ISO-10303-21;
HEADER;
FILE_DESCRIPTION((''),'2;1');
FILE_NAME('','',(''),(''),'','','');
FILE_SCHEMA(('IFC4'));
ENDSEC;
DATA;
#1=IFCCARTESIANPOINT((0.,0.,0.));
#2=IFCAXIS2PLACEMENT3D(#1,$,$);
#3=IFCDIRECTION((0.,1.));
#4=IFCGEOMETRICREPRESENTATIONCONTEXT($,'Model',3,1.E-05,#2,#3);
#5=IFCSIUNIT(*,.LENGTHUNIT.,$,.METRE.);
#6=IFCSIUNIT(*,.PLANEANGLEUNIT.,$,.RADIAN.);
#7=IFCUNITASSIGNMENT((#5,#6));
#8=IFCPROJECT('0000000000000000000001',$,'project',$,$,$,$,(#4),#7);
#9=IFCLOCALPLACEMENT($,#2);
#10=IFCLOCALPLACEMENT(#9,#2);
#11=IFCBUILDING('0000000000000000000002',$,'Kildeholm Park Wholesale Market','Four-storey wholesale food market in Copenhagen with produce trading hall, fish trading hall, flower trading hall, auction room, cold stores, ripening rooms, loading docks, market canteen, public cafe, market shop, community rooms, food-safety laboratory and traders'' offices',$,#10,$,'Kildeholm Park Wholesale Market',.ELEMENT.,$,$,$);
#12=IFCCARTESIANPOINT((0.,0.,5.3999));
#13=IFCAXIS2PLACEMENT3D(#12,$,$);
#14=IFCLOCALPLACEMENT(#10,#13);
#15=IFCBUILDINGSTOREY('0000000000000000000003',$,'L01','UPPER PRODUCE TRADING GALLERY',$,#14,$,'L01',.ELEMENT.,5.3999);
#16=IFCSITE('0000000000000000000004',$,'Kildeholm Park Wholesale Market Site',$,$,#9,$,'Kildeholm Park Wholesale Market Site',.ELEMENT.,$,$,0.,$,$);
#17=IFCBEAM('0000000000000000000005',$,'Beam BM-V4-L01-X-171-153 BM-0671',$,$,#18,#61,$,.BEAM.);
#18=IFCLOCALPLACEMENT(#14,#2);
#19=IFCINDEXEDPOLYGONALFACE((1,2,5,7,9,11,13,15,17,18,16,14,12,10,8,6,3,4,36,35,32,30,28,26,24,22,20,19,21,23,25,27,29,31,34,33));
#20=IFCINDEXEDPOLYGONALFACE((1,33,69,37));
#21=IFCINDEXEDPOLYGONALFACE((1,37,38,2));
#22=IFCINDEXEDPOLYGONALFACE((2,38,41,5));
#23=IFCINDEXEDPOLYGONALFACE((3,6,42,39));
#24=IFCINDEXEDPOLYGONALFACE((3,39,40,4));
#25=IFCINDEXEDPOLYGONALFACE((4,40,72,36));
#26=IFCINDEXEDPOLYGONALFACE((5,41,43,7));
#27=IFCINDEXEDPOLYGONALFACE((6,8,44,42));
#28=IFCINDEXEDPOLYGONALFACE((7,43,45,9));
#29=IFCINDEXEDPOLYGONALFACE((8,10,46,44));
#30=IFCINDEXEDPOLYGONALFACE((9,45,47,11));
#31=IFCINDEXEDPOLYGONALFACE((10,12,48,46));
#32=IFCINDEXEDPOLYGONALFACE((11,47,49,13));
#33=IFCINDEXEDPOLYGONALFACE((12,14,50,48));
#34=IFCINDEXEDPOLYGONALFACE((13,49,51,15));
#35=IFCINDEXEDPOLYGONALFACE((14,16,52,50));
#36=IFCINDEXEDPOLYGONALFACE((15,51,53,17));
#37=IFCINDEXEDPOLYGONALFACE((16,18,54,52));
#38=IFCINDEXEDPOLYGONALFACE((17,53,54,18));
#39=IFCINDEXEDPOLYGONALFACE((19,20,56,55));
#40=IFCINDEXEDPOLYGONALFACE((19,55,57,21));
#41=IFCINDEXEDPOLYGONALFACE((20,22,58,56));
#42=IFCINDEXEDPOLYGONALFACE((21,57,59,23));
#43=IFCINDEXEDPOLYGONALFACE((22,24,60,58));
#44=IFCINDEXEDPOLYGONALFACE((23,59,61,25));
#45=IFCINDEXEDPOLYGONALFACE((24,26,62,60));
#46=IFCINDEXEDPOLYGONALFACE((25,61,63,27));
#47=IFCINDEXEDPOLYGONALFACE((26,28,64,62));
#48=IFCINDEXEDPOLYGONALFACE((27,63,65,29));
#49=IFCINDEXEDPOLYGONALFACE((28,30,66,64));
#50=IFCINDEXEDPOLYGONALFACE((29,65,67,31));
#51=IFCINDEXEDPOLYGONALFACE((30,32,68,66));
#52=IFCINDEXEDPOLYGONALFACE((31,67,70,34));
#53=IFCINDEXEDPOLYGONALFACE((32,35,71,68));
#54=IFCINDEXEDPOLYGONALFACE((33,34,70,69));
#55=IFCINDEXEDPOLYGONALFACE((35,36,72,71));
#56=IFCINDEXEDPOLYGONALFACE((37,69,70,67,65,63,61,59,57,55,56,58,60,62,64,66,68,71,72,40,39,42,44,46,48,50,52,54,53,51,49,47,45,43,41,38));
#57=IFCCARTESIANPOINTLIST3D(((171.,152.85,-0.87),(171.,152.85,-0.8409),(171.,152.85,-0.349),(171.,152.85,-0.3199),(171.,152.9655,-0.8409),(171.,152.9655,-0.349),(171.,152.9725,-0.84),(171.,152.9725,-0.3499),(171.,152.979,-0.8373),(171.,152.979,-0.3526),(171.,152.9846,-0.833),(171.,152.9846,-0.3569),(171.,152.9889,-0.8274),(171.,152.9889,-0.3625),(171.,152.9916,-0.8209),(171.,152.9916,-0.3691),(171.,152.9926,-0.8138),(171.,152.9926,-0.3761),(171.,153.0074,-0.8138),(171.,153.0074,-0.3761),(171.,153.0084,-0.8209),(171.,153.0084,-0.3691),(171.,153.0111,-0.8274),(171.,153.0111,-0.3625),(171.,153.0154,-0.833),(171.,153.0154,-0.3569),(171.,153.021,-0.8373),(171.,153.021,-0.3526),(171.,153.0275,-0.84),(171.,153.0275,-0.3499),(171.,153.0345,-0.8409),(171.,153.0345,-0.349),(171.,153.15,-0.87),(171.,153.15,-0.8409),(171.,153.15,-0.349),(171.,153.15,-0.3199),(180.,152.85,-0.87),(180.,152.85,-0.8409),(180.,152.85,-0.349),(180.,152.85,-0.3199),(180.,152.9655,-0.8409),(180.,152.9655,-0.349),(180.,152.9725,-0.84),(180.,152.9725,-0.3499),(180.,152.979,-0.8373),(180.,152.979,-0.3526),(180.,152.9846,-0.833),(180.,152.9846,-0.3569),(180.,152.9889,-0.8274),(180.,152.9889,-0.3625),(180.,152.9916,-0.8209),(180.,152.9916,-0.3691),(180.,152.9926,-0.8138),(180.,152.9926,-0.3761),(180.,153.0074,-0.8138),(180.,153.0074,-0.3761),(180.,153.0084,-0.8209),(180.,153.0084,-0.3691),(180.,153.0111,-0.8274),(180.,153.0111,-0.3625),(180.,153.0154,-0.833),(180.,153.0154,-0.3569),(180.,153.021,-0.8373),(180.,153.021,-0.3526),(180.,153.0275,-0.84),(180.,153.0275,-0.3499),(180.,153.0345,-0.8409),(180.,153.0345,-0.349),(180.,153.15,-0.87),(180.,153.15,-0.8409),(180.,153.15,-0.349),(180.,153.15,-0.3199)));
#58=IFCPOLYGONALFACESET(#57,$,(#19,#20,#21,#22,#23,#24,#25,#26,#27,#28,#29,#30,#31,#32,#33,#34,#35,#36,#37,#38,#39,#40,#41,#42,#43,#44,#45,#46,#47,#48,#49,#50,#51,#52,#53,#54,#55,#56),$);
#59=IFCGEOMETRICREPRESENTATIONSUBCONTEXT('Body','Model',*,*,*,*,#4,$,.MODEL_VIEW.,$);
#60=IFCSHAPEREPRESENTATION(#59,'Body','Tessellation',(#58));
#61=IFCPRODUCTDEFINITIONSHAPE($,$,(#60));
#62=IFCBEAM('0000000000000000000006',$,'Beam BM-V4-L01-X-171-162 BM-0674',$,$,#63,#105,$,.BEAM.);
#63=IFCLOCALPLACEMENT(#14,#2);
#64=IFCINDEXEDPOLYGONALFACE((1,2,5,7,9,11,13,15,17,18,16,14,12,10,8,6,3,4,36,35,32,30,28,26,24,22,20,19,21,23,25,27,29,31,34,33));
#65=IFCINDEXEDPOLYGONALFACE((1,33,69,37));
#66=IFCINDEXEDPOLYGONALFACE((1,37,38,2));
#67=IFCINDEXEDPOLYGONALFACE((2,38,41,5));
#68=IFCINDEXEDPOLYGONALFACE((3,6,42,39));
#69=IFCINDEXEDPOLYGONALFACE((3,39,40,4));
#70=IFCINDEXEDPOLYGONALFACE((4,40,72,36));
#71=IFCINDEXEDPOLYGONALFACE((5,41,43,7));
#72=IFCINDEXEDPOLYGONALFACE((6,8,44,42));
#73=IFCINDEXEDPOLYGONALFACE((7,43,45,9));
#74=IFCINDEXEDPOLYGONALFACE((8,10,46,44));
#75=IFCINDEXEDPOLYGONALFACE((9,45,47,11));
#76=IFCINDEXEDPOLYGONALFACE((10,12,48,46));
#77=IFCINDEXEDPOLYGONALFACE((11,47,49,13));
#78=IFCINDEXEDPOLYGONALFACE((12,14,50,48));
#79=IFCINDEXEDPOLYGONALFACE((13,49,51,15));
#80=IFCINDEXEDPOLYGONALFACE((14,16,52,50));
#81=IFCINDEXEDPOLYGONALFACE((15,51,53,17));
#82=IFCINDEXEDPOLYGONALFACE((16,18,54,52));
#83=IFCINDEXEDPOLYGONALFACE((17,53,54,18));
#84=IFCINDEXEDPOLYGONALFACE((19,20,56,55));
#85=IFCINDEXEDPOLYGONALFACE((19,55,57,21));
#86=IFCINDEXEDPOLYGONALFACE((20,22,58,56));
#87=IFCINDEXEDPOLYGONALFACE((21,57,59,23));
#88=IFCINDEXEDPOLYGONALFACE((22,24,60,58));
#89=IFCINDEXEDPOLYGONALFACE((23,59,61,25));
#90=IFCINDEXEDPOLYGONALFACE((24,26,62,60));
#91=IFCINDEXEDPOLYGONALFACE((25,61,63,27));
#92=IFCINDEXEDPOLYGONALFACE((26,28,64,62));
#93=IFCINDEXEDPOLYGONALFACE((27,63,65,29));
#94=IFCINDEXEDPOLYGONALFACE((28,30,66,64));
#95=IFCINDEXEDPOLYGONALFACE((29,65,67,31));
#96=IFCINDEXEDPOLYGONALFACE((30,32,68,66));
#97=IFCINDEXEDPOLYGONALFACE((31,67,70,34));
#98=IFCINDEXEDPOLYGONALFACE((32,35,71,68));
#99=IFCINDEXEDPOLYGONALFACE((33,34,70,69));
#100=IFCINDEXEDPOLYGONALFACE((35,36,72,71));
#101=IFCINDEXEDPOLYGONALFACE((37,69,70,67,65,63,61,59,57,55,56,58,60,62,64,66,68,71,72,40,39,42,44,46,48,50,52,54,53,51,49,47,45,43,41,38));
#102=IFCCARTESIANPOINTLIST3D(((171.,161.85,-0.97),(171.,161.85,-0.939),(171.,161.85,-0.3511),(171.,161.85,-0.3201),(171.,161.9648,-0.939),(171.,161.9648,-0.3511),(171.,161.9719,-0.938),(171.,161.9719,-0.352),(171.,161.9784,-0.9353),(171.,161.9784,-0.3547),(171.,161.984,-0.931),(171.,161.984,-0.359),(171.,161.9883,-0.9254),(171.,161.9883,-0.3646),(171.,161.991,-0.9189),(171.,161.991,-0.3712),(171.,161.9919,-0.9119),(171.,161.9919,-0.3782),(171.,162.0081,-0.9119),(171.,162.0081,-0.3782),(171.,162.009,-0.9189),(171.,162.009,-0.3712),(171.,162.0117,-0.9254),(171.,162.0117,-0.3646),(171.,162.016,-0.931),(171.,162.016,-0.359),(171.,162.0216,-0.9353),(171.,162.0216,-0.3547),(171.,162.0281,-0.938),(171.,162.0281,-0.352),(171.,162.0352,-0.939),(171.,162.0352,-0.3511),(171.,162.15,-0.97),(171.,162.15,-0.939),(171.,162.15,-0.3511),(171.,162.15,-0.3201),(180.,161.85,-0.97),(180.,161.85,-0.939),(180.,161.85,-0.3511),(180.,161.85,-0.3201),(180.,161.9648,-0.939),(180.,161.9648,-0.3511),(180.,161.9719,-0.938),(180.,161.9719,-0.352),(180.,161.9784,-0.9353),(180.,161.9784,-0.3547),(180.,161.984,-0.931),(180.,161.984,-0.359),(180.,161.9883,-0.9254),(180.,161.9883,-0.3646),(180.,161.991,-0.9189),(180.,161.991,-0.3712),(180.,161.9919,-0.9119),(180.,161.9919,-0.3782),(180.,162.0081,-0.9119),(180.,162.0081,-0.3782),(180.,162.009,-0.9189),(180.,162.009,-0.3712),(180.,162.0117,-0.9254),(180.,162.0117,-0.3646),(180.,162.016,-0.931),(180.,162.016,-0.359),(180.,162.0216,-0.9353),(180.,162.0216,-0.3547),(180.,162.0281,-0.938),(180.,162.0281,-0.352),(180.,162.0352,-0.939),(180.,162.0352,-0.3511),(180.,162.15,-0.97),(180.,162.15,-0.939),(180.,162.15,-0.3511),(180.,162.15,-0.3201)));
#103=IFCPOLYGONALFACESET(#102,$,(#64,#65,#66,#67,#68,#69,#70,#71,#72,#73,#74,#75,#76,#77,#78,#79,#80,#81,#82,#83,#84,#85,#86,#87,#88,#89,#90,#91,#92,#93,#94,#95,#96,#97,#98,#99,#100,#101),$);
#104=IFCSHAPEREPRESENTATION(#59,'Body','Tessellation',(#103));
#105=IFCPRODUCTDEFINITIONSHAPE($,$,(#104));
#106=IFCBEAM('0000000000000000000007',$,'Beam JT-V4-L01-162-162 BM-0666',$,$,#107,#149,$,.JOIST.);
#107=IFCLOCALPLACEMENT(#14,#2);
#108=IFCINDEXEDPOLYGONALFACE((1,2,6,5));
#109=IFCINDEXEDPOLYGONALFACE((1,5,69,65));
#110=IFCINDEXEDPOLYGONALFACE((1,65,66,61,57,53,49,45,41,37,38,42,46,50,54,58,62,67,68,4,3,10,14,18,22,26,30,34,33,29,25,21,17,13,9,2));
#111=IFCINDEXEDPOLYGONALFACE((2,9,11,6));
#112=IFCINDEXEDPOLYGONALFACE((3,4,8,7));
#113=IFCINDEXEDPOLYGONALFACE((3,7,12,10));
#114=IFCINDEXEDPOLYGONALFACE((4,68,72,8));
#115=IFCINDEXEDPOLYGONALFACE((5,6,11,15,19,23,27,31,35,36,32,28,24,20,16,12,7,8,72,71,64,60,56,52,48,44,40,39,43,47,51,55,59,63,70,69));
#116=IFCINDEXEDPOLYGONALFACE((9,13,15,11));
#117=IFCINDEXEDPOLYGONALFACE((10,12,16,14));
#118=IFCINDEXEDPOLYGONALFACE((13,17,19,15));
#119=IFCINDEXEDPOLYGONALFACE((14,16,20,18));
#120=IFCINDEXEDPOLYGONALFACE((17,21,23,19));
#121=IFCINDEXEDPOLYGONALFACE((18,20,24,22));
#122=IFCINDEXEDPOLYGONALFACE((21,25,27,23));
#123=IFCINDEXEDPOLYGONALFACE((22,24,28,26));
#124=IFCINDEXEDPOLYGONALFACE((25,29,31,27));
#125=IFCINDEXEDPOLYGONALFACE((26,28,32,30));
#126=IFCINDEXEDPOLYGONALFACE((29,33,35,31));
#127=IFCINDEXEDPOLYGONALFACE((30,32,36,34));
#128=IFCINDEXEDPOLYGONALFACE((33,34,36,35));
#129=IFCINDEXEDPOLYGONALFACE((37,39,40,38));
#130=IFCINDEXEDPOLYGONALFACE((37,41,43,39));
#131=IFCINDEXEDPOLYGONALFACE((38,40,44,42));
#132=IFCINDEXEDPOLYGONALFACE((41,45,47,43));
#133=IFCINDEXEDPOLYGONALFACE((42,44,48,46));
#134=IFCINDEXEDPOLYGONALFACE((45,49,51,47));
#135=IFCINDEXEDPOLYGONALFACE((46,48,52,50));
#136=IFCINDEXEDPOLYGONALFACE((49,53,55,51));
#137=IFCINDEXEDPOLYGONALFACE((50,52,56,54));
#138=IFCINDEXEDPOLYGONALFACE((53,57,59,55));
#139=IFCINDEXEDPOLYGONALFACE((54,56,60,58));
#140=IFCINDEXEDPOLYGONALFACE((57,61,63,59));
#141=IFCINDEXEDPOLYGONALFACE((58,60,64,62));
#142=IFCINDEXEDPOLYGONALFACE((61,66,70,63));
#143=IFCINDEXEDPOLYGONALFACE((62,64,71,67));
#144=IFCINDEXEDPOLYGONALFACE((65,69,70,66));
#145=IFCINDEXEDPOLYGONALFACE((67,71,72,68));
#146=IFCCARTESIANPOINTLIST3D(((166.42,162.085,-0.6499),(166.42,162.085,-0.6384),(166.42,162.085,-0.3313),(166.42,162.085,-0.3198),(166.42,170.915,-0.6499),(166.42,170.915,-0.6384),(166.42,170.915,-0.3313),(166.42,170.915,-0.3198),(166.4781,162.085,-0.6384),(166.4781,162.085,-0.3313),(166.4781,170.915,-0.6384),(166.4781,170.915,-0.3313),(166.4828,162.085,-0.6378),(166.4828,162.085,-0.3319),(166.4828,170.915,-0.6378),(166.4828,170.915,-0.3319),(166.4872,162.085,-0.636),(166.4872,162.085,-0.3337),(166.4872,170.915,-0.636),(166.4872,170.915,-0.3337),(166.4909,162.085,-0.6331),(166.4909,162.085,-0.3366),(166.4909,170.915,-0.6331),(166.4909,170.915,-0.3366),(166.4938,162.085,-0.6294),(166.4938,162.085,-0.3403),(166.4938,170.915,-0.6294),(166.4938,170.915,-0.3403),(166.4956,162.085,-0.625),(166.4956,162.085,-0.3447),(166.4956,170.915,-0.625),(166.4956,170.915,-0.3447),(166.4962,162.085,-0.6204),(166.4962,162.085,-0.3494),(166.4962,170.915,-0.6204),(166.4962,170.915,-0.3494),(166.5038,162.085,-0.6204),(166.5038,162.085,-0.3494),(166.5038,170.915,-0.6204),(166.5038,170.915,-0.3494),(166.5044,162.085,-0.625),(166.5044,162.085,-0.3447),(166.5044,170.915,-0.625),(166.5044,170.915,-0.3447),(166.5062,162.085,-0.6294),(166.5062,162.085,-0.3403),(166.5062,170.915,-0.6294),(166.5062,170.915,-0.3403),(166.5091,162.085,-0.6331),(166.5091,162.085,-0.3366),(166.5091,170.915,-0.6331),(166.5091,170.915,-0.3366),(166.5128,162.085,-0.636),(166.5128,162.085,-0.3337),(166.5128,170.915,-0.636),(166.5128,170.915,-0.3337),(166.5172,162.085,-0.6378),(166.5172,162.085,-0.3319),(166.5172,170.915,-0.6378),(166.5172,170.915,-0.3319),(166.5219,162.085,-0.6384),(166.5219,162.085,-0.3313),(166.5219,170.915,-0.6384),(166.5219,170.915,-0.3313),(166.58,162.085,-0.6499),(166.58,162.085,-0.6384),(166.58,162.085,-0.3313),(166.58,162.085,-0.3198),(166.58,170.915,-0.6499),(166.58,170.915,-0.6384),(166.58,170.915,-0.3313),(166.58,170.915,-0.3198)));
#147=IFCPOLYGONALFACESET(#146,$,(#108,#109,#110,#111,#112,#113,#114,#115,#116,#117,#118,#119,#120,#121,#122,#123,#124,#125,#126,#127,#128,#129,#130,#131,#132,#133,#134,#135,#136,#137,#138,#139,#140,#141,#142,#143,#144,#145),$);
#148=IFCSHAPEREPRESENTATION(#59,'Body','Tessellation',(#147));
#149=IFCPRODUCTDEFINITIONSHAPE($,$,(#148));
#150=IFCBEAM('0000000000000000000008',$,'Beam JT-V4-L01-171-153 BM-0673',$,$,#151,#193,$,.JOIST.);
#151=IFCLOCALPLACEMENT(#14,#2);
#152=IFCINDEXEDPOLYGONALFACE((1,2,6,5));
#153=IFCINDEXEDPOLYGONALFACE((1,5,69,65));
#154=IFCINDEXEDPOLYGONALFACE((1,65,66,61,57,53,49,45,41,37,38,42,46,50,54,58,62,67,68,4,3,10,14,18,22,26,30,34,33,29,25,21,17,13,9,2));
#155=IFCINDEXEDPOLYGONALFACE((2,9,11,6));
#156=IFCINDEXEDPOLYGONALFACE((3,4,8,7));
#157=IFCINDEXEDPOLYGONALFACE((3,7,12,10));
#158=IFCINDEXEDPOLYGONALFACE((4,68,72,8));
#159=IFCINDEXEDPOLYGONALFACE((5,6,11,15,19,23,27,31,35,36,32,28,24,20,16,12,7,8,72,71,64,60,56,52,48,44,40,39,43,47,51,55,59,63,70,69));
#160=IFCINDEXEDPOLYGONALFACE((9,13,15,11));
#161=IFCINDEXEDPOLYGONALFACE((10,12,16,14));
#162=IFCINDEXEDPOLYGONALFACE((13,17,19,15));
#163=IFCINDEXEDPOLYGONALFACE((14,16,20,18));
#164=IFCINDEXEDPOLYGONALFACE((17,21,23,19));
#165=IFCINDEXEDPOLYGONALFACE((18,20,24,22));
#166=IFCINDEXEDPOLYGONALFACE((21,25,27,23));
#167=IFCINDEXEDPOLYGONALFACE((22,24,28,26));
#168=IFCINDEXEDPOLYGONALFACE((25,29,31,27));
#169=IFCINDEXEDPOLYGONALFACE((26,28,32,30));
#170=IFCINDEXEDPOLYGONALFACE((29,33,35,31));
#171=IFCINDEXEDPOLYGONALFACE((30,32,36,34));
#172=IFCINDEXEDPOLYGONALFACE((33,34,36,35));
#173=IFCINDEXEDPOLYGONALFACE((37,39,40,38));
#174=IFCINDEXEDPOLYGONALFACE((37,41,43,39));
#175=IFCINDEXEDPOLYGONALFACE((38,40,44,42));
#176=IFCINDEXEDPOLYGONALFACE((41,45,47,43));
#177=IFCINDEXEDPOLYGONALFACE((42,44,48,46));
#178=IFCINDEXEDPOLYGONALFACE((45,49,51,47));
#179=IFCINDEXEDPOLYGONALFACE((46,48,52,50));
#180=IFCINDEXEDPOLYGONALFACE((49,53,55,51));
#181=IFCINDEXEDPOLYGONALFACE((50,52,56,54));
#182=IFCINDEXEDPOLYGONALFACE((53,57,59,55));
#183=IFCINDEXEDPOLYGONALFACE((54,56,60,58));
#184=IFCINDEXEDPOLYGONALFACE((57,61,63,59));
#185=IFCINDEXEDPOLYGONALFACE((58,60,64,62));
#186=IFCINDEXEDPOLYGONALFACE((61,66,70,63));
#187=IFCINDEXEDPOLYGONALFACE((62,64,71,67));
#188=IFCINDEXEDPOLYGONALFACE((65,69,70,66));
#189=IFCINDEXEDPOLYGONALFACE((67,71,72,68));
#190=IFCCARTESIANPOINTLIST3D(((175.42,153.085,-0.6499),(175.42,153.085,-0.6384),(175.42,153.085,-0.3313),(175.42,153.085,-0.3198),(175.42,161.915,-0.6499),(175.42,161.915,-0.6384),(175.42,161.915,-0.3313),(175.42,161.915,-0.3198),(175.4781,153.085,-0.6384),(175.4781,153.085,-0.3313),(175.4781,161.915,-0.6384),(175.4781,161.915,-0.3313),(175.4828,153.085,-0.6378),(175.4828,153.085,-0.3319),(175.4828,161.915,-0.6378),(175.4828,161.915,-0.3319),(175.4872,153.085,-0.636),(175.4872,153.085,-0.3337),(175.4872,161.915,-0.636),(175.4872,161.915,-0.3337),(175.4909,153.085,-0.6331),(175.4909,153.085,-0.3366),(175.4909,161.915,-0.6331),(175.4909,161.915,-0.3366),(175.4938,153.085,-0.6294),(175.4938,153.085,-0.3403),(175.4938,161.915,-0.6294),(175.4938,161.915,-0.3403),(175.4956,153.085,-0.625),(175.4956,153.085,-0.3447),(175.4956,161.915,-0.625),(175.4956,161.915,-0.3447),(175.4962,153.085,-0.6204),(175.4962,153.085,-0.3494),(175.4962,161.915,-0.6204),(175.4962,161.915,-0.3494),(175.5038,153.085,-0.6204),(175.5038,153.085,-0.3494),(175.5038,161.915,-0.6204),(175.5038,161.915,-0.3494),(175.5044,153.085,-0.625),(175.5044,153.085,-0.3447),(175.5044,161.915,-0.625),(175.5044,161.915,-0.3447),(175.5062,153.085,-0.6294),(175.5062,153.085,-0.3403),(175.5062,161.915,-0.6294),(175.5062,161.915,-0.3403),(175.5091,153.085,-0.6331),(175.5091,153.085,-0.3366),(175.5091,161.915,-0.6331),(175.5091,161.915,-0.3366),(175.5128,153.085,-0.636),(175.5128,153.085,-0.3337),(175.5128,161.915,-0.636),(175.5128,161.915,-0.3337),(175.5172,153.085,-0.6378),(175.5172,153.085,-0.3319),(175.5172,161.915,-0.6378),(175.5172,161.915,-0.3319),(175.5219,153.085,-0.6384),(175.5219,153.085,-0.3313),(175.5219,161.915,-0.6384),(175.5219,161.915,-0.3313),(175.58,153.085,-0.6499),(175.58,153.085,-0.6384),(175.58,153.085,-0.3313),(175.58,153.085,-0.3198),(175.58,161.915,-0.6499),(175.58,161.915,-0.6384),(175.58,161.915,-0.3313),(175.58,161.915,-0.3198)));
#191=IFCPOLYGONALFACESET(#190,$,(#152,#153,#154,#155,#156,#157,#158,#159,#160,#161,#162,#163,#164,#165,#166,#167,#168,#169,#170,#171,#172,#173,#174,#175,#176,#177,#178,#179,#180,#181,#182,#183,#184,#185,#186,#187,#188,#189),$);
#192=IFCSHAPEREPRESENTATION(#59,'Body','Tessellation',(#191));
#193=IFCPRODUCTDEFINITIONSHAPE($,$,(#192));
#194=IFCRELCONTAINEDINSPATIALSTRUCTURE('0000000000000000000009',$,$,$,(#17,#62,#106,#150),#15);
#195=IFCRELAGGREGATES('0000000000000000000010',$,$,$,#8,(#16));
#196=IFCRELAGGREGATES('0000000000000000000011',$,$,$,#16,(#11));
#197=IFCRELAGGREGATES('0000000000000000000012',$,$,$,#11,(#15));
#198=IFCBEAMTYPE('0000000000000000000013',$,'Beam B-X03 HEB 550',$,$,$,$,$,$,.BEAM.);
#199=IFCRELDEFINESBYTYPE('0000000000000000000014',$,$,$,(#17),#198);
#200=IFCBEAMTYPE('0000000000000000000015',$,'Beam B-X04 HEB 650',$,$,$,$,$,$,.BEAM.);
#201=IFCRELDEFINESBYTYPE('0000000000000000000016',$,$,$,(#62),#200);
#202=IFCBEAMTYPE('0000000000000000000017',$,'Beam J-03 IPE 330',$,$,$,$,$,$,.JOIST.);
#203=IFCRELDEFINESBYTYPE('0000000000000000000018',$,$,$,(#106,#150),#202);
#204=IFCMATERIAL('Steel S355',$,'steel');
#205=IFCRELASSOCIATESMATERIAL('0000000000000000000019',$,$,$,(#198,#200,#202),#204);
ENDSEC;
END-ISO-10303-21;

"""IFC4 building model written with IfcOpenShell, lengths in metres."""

from ifc_helpers import new_model, si_unit, direction, frame, origin, origin_2d, place, context, subcontext, project, spatial, i_section, extrude, material, material_profile, profile_set, type_object, element, save


model = new_model("IFC4")

# Units and contexts
model_context = context("Model", 3, precision=1e-05, world=origin(), true_north=direction((0.0, 1.0)))
body_context = subcontext(model_context, "Body", "Model", "MODEL_VIEW")
ifc_project = project(units=[si_unit("LENGTHUNIT", "METRE"), si_unit("PLANEANGLEUNIT", "RADIAN")], contexts=[model_context])

# Site, building, storey
site_placement = place(None, origin())
site = spatial("IfcSite", under=ifc_project, at=site_placement, Name="Kildeholm Park Wholesale Market Site", LongName="Kildeholm Park Wholesale Market Site", CompositionType="ELEMENT", RefElevation=0.0)
building_placement = place(site_placement, origin())
building = spatial("IfcBuilding", under=site, at=building_placement, Name="Kildeholm Park Wholesale Market", Description="Four-storey wholesale food market in Copenhagen with produce trading hall, fish trading hall, flower trading hall, auction room, cold stores, ripening rooms, loading docks, market canteen, public cafe, market shop, community rooms, food-safety laboratory and traders' offices", LongName="Kildeholm Park Wholesale Market", CompositionType="ELEMENT")
storey_placement = place(building_placement, frame((0.0, 0.0, 5.3999)))
storey = spatial("IfcBuildingStorey", under=building, at=storey_placement, Name="L01", Description="UPPER PRODUCE TRADING GALLERY", LongName="L01", CompositionType="ELEMENT", Elevation=5.3999)

# Beams
ifc_material_1 = material(Name="Steel S355", Category="steel")
ifc_material_profile_1 = material_profile(ifc_material_1, i_section(OverallWidth=0.3, OverallDepth=0.55, WebThickness=0.0149, FlangeThickness=0.0291, FilletRadius=0.0271, at=origin_2d()), Name="HEB 550")
ifc_profile_set_1 = profile_set([ifc_material_profile_1], Name="Steel S355")
beam_type_1 = type_object("IfcBeamType", Name="Beam B-X03 HEB 550", PredefinedType="BEAM", material=ifc_profile_set_1)
beam_1_placement = place(storey_placement, frame((171.0, 153.0, -0.595), z_axis=(1.0, 0.0, 0.0), x_axis=(0.0, 1.0, 0.0)))
element("IfcBeam", 1, at=beam_1_placement, inside=storey, type_object=beam_type_1, Name="Beam BM-V4-L01-X-171-153 BM-0671", PredefinedType="BEAM", context=body_context, shape_type="SweptSolid", body=[
    extrude(i_section(OverallWidth=0.3, OverallDepth=0.55, WebThickness=0.0149, FlangeThickness=0.0291, FilletRadius=0.0271, at=origin_2d()), origin(), (0.0, 0.0, 1.0), 9.0),
])
ifc_material_profile_2 = material_profile(ifc_material_1, i_section(OverallWidth=0.3, OverallDepth=0.6499, WebThickness=0.0161, FlangeThickness=0.031, FilletRadius=0.0271, at=origin_2d()), Name="HEB 650")
ifc_profile_set_2 = profile_set([ifc_material_profile_2], Name="Steel S355")
beam_type_2 = type_object("IfcBeamType", Name="Beam B-X04 HEB 650", PredefinedType="BEAM", material=ifc_profile_set_2)
beam_2_placement = place(storey_placement, frame((171.0, 162.0, -0.645), z_axis=(1.0, 0.0, 0.0), x_axis=(0.0, 1.0, 0.0)))
element("IfcBeam", 2, at=beam_2_placement, inside=storey, type_object=beam_type_2, Name="Beam BM-V4-L01-X-171-162 BM-0674", PredefinedType="BEAM", context=body_context, shape_type="SweptSolid", body=[
    extrude(i_section(OverallWidth=0.3, OverallDepth=0.6499, WebThickness=0.0161, FlangeThickness=0.031, FilletRadius=0.0271, at=origin_2d()), origin(), (0.0, 0.0, 1.0), 9.0),
])
ifc_material_profile_3 = material_profile(ifc_material_1, i_section(OverallWidth=0.1599, OverallDepth=0.3301, WebThickness=0.0076, FlangeThickness=0.0115, FilletRadius=0.0181, at=origin_2d()), Name="IPE 330")
ifc_profile_set_3 = profile_set([ifc_material_profile_3], Name="Steel S355")
beam_type_3 = type_object("IfcBeamType", Name="Beam J-03 IPE 330", PredefinedType="JOIST", material=ifc_profile_set_3)
for number, where, z_axis, x_axis, name in (
    (3, (166.5, 162.085, -0.4849), (0.0, 1.0, 0.0), (-1.0, 0.0, 0.0), "Beam JT-V4-L01-162-162 BM-0666"),
    (4, (175.5, 153.085, -0.4849), (0.0, 1.0, 0.0), (-1.0, 0.0, 0.0), "Beam JT-V4-L01-171-153 BM-0673"),
):
    element("IfcBeam", number, at=place(storey_placement, frame(where, z_axis=z_axis, x_axis=x_axis)), inside=storey, type_object=beam_type_3, Name=name, PredefinedType="JOIST", context=body_context, shape_type="SweptSolid", body=[
        extrude(i_section(OverallWidth=0.1599, OverallDepth=0.3301, WebThickness=0.0076, FlangeThickness=0.0115, FilletRadius=0.0181, at=origin_2d()), origin(), (0.0, 0.0, 1.0), 8.8301),
    ])

save(model, "model.ifc")
